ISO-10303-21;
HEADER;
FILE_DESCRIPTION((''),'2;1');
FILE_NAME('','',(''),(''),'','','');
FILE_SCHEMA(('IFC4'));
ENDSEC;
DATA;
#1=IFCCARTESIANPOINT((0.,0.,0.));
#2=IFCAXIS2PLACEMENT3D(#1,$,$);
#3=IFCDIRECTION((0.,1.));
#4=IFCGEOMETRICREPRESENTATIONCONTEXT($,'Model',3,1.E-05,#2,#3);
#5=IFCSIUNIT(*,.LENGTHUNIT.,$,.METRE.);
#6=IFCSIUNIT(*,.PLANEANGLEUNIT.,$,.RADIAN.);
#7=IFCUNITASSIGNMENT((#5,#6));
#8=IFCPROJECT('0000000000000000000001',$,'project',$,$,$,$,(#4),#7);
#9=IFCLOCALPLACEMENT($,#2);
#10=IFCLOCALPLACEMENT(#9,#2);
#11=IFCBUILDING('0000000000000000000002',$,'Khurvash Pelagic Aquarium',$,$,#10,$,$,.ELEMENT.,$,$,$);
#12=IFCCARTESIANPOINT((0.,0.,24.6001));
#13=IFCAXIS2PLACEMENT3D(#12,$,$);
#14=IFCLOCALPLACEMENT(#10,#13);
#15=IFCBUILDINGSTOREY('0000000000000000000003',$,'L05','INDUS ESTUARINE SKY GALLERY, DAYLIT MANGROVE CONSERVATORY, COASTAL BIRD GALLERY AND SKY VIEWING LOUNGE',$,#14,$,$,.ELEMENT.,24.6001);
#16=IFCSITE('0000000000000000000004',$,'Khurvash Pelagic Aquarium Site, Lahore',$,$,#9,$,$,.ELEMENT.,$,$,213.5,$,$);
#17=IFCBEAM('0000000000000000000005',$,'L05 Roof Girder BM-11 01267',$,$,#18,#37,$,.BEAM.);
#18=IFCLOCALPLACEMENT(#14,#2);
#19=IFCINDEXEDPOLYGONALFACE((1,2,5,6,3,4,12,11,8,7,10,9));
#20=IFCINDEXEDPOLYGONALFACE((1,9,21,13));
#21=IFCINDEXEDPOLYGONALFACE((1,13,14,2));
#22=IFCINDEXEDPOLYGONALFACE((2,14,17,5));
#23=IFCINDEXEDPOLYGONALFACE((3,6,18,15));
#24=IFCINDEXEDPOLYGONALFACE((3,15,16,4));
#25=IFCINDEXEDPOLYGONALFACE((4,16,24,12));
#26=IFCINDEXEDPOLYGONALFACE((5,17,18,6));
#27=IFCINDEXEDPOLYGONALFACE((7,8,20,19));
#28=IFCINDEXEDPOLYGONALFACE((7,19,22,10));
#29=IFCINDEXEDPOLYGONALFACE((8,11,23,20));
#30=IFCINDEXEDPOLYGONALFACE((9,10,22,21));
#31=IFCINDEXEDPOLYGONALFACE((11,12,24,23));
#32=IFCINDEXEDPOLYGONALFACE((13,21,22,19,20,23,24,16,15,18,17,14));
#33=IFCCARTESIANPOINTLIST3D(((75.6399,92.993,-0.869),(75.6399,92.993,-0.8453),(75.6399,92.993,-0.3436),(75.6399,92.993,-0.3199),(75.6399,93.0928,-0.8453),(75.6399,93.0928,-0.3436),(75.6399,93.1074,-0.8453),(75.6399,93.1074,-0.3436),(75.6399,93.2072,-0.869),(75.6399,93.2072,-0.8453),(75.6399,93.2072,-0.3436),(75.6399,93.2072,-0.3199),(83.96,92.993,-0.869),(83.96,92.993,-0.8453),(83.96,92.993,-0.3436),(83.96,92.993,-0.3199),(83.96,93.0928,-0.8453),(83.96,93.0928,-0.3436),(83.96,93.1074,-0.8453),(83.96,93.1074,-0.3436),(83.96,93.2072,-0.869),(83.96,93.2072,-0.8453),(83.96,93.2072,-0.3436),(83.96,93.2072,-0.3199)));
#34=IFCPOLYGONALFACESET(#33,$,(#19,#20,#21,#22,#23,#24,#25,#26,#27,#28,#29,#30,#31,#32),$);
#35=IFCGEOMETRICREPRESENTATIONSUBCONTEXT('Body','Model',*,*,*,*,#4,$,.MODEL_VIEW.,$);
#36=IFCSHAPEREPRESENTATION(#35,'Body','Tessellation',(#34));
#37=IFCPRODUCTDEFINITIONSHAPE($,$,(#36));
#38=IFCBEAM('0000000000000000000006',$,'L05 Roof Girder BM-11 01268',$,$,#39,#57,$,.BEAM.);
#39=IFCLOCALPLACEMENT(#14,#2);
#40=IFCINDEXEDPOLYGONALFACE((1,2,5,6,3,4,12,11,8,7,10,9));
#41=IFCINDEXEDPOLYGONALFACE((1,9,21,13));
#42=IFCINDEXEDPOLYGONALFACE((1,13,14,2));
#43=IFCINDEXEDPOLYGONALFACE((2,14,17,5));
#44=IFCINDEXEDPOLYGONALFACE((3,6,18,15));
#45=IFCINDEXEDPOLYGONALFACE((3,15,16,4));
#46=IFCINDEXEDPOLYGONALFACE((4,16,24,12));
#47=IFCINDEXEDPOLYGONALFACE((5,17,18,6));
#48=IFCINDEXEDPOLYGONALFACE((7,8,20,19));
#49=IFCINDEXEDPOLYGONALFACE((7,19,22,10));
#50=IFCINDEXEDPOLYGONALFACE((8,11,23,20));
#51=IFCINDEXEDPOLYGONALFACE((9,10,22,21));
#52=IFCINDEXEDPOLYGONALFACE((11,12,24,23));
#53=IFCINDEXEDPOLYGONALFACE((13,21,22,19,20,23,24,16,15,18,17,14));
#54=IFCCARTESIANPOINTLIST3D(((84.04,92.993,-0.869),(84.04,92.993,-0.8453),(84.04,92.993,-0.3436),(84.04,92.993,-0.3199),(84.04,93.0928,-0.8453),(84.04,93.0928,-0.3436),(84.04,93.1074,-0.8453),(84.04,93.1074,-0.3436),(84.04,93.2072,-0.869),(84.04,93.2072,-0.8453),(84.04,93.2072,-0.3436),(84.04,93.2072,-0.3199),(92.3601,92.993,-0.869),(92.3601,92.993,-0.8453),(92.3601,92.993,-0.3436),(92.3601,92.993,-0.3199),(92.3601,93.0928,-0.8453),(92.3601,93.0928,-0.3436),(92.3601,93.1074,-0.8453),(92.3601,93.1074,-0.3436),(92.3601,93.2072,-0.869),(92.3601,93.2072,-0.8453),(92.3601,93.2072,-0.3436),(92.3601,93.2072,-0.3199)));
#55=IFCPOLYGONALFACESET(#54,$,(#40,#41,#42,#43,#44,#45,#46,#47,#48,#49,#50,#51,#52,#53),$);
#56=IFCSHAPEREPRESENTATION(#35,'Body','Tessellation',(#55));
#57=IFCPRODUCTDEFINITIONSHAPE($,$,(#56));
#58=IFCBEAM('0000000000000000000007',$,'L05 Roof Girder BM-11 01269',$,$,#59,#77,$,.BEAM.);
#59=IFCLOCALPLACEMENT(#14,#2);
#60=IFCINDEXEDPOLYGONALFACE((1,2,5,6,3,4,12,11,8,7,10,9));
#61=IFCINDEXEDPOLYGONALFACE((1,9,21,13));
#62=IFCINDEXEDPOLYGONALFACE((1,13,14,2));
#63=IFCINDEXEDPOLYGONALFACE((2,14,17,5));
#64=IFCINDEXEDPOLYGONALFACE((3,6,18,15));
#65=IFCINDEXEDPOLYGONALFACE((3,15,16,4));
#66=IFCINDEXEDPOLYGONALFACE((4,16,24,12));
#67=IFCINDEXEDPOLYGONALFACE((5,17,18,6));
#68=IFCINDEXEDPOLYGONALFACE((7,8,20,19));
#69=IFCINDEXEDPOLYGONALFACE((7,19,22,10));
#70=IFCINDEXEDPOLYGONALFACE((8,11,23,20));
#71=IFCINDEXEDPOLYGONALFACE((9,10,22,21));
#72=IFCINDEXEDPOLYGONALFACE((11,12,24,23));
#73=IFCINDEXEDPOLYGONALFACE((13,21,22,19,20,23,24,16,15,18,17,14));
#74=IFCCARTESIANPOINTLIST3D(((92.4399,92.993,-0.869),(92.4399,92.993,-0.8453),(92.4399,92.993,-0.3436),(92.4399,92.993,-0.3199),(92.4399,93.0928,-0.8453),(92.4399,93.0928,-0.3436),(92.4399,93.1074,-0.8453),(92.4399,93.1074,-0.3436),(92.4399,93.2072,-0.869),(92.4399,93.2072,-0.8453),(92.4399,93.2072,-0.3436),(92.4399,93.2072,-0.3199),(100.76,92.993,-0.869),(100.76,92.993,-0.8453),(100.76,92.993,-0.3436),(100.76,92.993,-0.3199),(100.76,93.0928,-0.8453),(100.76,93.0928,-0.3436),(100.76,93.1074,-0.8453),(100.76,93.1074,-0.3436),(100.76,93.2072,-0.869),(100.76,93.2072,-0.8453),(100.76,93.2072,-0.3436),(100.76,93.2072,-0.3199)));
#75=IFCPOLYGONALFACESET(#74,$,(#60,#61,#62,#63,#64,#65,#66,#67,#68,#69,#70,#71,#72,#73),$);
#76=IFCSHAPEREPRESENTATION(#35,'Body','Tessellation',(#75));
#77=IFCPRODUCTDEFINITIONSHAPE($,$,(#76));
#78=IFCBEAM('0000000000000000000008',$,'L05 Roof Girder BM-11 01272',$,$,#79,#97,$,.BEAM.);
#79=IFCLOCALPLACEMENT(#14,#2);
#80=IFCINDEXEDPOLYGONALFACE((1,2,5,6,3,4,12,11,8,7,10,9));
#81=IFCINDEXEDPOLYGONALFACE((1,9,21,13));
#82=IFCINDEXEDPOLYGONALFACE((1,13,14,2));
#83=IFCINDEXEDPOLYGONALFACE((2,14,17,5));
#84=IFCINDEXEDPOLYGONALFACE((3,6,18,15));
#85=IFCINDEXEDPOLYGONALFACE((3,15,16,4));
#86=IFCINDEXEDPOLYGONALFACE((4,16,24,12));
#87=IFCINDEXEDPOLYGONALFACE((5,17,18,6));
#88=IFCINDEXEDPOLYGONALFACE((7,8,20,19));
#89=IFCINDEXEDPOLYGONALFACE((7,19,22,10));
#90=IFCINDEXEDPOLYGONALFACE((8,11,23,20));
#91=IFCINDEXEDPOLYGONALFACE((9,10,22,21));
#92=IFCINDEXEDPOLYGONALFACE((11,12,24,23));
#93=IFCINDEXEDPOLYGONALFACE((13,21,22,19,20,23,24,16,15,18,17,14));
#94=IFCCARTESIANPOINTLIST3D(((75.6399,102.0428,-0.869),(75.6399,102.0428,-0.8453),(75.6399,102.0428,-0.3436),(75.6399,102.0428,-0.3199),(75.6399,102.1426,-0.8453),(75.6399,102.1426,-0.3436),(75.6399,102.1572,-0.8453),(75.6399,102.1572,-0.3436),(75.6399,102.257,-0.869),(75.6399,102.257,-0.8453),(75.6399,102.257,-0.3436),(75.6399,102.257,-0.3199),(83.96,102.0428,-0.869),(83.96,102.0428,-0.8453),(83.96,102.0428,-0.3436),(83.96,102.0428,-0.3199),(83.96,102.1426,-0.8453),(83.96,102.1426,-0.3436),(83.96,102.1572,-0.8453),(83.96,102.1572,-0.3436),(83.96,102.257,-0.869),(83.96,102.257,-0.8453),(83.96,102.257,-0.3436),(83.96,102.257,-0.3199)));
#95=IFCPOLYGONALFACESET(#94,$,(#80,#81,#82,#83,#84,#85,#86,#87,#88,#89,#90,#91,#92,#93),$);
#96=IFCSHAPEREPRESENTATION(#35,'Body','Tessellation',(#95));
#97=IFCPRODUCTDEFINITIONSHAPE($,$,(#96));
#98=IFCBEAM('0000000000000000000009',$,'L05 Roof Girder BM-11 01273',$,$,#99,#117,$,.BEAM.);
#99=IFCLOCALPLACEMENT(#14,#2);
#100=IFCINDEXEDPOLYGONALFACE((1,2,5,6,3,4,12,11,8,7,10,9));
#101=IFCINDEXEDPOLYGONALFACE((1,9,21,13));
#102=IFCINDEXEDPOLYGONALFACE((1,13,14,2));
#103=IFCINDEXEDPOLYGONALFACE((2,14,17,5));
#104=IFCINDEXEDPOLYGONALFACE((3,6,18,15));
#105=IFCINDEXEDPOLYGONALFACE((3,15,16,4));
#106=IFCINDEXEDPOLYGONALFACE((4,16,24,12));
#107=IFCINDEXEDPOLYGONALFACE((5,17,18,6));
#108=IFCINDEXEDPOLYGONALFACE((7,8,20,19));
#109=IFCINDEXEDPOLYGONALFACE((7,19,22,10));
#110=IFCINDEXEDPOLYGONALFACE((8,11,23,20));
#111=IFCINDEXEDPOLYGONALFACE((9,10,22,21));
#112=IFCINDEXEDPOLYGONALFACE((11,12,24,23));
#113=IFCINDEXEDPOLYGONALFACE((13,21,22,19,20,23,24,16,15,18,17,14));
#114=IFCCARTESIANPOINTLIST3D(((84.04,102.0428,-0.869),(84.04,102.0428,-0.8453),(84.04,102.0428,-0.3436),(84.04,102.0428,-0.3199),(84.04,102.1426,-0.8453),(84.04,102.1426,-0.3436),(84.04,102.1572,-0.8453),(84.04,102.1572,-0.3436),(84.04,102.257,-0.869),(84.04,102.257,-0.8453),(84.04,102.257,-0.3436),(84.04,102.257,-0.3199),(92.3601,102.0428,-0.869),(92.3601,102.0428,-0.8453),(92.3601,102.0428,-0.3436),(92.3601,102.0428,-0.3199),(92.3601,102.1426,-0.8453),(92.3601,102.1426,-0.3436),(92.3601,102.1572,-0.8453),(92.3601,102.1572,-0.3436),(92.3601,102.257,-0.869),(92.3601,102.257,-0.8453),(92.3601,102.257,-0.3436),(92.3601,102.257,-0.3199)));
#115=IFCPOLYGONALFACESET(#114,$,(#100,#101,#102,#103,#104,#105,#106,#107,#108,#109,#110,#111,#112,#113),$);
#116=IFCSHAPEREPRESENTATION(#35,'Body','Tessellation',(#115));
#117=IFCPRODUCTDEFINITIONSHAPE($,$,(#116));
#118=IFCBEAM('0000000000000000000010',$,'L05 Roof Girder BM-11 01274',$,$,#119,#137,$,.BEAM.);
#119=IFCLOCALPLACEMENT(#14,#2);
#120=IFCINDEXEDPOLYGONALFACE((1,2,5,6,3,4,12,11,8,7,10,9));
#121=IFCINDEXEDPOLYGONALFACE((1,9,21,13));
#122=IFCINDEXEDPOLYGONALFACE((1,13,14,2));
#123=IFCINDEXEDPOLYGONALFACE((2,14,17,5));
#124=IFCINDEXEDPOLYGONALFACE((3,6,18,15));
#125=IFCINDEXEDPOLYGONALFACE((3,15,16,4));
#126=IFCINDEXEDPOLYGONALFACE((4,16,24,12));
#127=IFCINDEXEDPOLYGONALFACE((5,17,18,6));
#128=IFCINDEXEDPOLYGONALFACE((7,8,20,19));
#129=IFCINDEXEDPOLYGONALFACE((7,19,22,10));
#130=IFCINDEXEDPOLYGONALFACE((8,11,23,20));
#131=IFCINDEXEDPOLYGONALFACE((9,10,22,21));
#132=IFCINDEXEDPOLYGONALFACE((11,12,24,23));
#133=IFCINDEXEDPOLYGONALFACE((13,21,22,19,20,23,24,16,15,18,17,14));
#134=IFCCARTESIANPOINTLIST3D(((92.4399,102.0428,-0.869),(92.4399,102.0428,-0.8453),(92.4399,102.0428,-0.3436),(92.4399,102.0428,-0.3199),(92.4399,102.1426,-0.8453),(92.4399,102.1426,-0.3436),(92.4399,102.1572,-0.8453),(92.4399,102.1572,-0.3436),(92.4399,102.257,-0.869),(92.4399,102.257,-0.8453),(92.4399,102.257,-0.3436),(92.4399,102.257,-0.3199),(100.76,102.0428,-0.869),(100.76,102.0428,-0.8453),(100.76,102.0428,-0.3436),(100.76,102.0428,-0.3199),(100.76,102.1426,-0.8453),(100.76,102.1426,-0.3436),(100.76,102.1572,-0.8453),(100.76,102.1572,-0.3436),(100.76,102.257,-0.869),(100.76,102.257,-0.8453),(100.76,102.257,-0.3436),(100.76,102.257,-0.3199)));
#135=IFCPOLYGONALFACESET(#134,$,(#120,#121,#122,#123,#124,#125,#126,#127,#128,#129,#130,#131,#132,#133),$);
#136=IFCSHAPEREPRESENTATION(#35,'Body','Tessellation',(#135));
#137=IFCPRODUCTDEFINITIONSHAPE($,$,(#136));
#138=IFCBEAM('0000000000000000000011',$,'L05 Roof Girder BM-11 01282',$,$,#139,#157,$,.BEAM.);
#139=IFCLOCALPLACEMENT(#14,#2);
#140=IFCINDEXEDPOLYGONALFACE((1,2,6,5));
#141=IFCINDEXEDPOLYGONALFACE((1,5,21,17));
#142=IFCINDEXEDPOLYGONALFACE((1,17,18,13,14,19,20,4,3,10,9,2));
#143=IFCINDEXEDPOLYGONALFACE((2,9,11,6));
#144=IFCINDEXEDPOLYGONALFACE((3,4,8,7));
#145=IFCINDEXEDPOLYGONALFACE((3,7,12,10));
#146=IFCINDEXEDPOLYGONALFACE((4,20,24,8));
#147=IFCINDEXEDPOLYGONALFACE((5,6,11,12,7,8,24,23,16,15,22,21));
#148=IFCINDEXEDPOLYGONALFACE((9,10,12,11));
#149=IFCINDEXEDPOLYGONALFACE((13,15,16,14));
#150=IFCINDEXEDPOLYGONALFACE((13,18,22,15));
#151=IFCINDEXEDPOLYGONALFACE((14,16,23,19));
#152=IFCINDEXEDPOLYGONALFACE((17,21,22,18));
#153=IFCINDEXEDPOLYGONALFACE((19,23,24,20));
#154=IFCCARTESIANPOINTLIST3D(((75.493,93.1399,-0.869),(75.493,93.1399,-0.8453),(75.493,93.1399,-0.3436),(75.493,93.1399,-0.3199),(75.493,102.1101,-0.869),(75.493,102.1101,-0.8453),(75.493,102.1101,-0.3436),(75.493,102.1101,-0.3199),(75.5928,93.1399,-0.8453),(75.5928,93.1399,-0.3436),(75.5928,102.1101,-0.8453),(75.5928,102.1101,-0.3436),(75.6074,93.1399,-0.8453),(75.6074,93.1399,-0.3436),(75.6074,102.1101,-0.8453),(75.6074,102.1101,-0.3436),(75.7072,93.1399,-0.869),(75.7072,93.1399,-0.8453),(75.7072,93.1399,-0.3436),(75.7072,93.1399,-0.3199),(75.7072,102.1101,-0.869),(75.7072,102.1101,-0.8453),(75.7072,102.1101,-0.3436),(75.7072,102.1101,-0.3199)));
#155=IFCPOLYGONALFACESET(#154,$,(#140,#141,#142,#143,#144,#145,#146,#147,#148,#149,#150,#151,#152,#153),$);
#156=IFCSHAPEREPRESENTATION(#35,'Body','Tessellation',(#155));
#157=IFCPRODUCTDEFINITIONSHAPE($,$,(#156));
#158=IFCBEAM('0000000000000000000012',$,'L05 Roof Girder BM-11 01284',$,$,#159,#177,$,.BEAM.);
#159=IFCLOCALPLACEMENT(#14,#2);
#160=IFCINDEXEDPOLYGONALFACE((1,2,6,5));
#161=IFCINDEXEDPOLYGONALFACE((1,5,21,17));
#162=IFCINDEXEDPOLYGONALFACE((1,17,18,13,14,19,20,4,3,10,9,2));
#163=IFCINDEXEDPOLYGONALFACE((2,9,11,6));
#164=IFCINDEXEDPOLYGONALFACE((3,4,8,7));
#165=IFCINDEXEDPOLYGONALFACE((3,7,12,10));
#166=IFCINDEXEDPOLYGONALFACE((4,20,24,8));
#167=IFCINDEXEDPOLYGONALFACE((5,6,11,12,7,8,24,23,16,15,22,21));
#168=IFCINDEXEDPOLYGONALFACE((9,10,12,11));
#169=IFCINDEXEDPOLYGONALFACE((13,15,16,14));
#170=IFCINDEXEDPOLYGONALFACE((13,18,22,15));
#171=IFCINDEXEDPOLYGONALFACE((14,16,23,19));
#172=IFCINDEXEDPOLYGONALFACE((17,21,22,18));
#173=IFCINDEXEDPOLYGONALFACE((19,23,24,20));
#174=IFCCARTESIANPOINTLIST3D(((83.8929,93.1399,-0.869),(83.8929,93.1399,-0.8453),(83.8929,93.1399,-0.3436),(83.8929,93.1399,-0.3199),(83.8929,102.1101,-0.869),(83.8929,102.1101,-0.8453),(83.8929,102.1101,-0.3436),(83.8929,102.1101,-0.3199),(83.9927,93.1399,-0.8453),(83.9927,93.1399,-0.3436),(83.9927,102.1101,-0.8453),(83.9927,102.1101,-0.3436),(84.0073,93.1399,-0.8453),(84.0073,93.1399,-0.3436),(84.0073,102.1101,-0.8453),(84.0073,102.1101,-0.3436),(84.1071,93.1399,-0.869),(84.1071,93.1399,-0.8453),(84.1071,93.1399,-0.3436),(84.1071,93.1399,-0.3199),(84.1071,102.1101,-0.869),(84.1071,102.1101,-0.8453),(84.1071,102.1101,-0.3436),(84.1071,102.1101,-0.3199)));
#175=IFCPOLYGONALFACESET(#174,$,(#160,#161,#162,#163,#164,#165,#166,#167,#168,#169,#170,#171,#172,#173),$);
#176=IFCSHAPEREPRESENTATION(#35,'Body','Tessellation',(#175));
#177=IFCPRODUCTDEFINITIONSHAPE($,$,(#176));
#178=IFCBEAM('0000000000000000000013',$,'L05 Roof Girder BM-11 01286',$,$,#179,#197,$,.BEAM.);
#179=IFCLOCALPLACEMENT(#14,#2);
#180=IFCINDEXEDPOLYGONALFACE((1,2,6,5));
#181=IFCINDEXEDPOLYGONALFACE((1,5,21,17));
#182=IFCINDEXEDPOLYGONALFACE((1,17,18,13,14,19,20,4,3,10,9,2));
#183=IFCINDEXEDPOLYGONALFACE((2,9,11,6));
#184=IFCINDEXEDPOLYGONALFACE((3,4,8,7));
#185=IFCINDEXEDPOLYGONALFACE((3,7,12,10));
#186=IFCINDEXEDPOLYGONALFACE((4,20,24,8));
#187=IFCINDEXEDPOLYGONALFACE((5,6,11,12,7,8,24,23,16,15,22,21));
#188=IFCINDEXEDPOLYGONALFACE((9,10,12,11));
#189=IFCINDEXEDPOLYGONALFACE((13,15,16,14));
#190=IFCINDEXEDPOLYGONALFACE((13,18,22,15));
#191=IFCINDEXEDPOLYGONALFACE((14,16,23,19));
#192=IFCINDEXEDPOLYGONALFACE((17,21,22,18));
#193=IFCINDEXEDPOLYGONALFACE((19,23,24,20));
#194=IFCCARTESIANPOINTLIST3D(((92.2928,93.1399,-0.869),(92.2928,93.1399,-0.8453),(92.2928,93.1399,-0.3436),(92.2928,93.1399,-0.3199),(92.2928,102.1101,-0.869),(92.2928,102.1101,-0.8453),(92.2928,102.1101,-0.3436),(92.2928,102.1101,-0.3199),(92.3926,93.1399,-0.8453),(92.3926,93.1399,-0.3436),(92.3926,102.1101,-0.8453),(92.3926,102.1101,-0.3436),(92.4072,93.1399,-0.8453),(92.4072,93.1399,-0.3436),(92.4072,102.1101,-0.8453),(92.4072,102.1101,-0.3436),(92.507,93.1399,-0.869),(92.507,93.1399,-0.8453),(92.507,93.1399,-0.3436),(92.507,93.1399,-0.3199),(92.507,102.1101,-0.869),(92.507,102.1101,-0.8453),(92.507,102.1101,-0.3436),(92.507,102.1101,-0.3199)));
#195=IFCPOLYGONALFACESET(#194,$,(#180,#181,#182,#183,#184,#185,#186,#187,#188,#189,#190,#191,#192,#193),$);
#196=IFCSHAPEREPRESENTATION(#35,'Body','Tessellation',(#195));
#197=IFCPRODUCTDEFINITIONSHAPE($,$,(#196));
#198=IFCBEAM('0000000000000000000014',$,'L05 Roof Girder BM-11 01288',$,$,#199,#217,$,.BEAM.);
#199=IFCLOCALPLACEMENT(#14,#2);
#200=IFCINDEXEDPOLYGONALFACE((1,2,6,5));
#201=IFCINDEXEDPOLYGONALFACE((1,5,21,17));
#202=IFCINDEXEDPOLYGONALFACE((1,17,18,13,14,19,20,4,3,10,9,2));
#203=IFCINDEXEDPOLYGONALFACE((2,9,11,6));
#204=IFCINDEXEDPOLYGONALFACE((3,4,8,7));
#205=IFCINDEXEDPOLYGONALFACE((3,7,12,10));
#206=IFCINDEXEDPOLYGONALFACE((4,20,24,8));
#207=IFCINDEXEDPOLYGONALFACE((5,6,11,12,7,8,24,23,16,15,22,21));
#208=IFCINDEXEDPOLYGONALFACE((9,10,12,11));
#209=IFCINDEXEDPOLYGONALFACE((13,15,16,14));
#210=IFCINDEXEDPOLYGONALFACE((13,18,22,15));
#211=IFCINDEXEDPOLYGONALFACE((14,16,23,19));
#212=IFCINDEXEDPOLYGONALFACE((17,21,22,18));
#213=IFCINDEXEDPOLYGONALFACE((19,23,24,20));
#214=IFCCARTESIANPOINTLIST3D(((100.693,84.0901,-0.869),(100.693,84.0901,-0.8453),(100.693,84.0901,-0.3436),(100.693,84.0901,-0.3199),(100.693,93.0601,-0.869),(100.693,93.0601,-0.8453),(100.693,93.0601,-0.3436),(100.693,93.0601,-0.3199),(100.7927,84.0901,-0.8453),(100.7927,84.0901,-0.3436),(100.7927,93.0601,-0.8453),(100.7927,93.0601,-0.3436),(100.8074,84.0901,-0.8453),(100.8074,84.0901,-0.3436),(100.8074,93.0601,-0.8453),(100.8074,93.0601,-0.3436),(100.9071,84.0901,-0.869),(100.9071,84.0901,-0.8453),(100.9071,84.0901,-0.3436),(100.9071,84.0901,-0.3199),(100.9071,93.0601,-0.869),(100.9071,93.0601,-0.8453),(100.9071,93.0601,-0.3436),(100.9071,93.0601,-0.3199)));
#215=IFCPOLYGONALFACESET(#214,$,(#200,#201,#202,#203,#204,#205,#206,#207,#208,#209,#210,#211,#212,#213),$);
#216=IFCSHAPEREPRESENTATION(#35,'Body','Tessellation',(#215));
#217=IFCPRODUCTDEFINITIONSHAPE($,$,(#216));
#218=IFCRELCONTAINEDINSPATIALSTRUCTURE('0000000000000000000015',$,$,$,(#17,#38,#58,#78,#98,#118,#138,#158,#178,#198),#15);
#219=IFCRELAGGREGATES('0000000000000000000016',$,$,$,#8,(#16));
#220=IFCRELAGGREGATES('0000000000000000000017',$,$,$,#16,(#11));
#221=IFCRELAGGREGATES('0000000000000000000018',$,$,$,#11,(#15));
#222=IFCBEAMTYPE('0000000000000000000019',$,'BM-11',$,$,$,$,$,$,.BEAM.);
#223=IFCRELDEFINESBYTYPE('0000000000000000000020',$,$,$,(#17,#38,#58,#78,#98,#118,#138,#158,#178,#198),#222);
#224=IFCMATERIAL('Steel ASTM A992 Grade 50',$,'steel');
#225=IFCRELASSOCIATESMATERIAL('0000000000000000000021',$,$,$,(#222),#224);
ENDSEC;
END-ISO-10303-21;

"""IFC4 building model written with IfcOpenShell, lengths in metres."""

from ifc_helpers import new_model, si_unit, direction, frame, origin, origin_2d, place, context, subcontext, project, spatial, i_section, extrude, material, material_profile, profile_set, type_object, element, save


model = new_model("IFC4")

# Units and contexts
model_context = context("Model", 3, precision=1e-05, world=origin(), true_north=direction((0.0, 1.0)))
body_context = subcontext(model_context, "Body", "Model", "MODEL_VIEW")
ifc_project = project(units=[si_unit("LENGTHUNIT", "METRE"), si_unit("PLANEANGLEUNIT", "RADIAN")], contexts=[model_context])

# Site, building, storey
site_placement = place(None, origin())
site = spatial("IfcSite", under=ifc_project, at=site_placement, Name="Khurvash Pelagic Aquarium Site, Lahore", CompositionType="ELEMENT", RefElevation=213.5)
building_placement = place(site_placement, origin())
building = spatial("IfcBuilding", under=site, at=building_placement, Name="Khurvash Pelagic Aquarium", CompositionType="ELEMENT")
storey_placement = place(building_placement, frame((0.0, 0.0, 24.6001)))
storey = spatial("IfcBuildingStorey", under=building, at=storey_placement, Name="L05", Description="INDUS ESTUARINE SKY GALLERY, DAYLIT MANGROVE CONSERVATORY, COASTAL BIRD GALLERY AND SKY VIEWING LOUNGE", CompositionType="ELEMENT", Elevation=24.6001)

# Beams
ifc_material_1 = material(Name="Steel ASTM A992 Grade 50", Category="steel")
ifc_material_profile_1 = material_profile(ifc_material_1, i_section(OverallWidth=0.2141, OverallDepth=0.5491, WebThickness=0.0146, FlangeThickness=0.0237, at=origin_2d()), Name="W21X93")
ifc_profile_set_1 = profile_set([ifc_material_profile_1], Name="Steel ASTM A992 Grade 50")
beam_type_1 = type_object("IfcBeamType", Name="BM-11", PredefinedType="BEAM", material=ifc_profile_set_1)
for number, where, z_axis, x_axis, name in (
    (1, (75.6399, 93.1001, -0.5945), (1.0, 0.0, 0.0), (0.0, 1.0, 0.0), "L05 Roof Girder BM-11 01267"),
    (2, (84.04, 93.1001, -0.5945), (1.0, 0.0, 0.0), (0.0, 1.0, 0.0), "L05 Roof Girder BM-11 01268"),
    (3, (92.4399, 93.1001, -0.5945), (1.0, 0.0, 0.0), (0.0, 1.0, 0.0), "L05 Roof Girder BM-11 01269"),
    (4, (75.6399, 102.1499, -0.5945), (1.0, 0.0, 0.0), (0.0, 1.0, 0.0), "L05 Roof Girder BM-11 01272"),
    (5, (84.04, 102.1499, -0.5945), (1.0, 0.0, 0.0), (0.0, 1.0, 0.0), "L05 Roof Girder BM-11 01273"),
    (6, (92.4399, 102.1499, -0.5945), (1.0, 0.0, 0.0), (0.0, 1.0, 0.0), "L05 Roof Girder BM-11 01274"),
):
    element("IfcBeam", number, at=place(storey_placement, frame(where, z_axis=z_axis, x_axis=x_axis)), inside=storey, type_object=beam_type_1, Name=name, PredefinedType="BEAM", context=body_context, shape_type="SweptSolid", body=[
        extrude(i_section(OverallWidth=0.2141, OverallDepth=0.5491, WebThickness=0.0146, FlangeThickness=0.0237, at=origin_2d()), origin(), (0.0, 0.0, 1.0), 8.3201),
    ])
for number, where, z_axis, x_axis, name in (
    (7, (75.6001, 93.1399, -0.5945), (0.0, 1.0, 0.0), (-1.0, 0.0, 0.0), "L05 Roof Girder BM-11 01282"),
    (8, (84.0, 93.1399, -0.5945), (0.0, 1.0, 0.0), (-1.0, 0.0, 0.0), "L05 Roof Girder BM-11 01284"),
    (9, (92.3999, 93.1399, -0.5945), (0.0, 1.0, 0.0), (-1.0, 0.0, 0.0), "L05 Roof Girder BM-11 01286"),
):
    element("IfcBeam", number, at=place(storey_placement, frame(where, z_axis=z_axis, x_axis=x_axis)), inside=storey, type_object=beam_type_1, Name=name, PredefinedType="BEAM", context=body_context, shape_type="SweptSolid", body=[
        extrude(i_section(OverallWidth=0.2141, OverallDepth=0.5491, WebThickness=0.0146, FlangeThickness=0.0237, at=origin_2d()), origin(), (0.0, 0.0, 1.0), 8.9702),
    ])
beam_1_placement = place(storey_placement, frame((100.8, 84.0901, -0.5945), z_axis=(0.0, 1.0, 0.0), x_axis=(-1.0, 0.0, 0.0)))
element("IfcBeam", 10, at=beam_1_placement, inside=storey, type_object=beam_type_1, Name="L05 Roof Girder BM-11 01288", PredefinedType="BEAM", context=body_context, shape_type="SweptSolid", body=[
    extrude(i_section(OverallWidth=0.2141, OverallDepth=0.5491, WebThickness=0.0146, FlangeThickness=0.0237, at=origin_2d()), origin(), (0.0, 0.0, 1.0), 8.97),
])

save(model, "model.ifc")
